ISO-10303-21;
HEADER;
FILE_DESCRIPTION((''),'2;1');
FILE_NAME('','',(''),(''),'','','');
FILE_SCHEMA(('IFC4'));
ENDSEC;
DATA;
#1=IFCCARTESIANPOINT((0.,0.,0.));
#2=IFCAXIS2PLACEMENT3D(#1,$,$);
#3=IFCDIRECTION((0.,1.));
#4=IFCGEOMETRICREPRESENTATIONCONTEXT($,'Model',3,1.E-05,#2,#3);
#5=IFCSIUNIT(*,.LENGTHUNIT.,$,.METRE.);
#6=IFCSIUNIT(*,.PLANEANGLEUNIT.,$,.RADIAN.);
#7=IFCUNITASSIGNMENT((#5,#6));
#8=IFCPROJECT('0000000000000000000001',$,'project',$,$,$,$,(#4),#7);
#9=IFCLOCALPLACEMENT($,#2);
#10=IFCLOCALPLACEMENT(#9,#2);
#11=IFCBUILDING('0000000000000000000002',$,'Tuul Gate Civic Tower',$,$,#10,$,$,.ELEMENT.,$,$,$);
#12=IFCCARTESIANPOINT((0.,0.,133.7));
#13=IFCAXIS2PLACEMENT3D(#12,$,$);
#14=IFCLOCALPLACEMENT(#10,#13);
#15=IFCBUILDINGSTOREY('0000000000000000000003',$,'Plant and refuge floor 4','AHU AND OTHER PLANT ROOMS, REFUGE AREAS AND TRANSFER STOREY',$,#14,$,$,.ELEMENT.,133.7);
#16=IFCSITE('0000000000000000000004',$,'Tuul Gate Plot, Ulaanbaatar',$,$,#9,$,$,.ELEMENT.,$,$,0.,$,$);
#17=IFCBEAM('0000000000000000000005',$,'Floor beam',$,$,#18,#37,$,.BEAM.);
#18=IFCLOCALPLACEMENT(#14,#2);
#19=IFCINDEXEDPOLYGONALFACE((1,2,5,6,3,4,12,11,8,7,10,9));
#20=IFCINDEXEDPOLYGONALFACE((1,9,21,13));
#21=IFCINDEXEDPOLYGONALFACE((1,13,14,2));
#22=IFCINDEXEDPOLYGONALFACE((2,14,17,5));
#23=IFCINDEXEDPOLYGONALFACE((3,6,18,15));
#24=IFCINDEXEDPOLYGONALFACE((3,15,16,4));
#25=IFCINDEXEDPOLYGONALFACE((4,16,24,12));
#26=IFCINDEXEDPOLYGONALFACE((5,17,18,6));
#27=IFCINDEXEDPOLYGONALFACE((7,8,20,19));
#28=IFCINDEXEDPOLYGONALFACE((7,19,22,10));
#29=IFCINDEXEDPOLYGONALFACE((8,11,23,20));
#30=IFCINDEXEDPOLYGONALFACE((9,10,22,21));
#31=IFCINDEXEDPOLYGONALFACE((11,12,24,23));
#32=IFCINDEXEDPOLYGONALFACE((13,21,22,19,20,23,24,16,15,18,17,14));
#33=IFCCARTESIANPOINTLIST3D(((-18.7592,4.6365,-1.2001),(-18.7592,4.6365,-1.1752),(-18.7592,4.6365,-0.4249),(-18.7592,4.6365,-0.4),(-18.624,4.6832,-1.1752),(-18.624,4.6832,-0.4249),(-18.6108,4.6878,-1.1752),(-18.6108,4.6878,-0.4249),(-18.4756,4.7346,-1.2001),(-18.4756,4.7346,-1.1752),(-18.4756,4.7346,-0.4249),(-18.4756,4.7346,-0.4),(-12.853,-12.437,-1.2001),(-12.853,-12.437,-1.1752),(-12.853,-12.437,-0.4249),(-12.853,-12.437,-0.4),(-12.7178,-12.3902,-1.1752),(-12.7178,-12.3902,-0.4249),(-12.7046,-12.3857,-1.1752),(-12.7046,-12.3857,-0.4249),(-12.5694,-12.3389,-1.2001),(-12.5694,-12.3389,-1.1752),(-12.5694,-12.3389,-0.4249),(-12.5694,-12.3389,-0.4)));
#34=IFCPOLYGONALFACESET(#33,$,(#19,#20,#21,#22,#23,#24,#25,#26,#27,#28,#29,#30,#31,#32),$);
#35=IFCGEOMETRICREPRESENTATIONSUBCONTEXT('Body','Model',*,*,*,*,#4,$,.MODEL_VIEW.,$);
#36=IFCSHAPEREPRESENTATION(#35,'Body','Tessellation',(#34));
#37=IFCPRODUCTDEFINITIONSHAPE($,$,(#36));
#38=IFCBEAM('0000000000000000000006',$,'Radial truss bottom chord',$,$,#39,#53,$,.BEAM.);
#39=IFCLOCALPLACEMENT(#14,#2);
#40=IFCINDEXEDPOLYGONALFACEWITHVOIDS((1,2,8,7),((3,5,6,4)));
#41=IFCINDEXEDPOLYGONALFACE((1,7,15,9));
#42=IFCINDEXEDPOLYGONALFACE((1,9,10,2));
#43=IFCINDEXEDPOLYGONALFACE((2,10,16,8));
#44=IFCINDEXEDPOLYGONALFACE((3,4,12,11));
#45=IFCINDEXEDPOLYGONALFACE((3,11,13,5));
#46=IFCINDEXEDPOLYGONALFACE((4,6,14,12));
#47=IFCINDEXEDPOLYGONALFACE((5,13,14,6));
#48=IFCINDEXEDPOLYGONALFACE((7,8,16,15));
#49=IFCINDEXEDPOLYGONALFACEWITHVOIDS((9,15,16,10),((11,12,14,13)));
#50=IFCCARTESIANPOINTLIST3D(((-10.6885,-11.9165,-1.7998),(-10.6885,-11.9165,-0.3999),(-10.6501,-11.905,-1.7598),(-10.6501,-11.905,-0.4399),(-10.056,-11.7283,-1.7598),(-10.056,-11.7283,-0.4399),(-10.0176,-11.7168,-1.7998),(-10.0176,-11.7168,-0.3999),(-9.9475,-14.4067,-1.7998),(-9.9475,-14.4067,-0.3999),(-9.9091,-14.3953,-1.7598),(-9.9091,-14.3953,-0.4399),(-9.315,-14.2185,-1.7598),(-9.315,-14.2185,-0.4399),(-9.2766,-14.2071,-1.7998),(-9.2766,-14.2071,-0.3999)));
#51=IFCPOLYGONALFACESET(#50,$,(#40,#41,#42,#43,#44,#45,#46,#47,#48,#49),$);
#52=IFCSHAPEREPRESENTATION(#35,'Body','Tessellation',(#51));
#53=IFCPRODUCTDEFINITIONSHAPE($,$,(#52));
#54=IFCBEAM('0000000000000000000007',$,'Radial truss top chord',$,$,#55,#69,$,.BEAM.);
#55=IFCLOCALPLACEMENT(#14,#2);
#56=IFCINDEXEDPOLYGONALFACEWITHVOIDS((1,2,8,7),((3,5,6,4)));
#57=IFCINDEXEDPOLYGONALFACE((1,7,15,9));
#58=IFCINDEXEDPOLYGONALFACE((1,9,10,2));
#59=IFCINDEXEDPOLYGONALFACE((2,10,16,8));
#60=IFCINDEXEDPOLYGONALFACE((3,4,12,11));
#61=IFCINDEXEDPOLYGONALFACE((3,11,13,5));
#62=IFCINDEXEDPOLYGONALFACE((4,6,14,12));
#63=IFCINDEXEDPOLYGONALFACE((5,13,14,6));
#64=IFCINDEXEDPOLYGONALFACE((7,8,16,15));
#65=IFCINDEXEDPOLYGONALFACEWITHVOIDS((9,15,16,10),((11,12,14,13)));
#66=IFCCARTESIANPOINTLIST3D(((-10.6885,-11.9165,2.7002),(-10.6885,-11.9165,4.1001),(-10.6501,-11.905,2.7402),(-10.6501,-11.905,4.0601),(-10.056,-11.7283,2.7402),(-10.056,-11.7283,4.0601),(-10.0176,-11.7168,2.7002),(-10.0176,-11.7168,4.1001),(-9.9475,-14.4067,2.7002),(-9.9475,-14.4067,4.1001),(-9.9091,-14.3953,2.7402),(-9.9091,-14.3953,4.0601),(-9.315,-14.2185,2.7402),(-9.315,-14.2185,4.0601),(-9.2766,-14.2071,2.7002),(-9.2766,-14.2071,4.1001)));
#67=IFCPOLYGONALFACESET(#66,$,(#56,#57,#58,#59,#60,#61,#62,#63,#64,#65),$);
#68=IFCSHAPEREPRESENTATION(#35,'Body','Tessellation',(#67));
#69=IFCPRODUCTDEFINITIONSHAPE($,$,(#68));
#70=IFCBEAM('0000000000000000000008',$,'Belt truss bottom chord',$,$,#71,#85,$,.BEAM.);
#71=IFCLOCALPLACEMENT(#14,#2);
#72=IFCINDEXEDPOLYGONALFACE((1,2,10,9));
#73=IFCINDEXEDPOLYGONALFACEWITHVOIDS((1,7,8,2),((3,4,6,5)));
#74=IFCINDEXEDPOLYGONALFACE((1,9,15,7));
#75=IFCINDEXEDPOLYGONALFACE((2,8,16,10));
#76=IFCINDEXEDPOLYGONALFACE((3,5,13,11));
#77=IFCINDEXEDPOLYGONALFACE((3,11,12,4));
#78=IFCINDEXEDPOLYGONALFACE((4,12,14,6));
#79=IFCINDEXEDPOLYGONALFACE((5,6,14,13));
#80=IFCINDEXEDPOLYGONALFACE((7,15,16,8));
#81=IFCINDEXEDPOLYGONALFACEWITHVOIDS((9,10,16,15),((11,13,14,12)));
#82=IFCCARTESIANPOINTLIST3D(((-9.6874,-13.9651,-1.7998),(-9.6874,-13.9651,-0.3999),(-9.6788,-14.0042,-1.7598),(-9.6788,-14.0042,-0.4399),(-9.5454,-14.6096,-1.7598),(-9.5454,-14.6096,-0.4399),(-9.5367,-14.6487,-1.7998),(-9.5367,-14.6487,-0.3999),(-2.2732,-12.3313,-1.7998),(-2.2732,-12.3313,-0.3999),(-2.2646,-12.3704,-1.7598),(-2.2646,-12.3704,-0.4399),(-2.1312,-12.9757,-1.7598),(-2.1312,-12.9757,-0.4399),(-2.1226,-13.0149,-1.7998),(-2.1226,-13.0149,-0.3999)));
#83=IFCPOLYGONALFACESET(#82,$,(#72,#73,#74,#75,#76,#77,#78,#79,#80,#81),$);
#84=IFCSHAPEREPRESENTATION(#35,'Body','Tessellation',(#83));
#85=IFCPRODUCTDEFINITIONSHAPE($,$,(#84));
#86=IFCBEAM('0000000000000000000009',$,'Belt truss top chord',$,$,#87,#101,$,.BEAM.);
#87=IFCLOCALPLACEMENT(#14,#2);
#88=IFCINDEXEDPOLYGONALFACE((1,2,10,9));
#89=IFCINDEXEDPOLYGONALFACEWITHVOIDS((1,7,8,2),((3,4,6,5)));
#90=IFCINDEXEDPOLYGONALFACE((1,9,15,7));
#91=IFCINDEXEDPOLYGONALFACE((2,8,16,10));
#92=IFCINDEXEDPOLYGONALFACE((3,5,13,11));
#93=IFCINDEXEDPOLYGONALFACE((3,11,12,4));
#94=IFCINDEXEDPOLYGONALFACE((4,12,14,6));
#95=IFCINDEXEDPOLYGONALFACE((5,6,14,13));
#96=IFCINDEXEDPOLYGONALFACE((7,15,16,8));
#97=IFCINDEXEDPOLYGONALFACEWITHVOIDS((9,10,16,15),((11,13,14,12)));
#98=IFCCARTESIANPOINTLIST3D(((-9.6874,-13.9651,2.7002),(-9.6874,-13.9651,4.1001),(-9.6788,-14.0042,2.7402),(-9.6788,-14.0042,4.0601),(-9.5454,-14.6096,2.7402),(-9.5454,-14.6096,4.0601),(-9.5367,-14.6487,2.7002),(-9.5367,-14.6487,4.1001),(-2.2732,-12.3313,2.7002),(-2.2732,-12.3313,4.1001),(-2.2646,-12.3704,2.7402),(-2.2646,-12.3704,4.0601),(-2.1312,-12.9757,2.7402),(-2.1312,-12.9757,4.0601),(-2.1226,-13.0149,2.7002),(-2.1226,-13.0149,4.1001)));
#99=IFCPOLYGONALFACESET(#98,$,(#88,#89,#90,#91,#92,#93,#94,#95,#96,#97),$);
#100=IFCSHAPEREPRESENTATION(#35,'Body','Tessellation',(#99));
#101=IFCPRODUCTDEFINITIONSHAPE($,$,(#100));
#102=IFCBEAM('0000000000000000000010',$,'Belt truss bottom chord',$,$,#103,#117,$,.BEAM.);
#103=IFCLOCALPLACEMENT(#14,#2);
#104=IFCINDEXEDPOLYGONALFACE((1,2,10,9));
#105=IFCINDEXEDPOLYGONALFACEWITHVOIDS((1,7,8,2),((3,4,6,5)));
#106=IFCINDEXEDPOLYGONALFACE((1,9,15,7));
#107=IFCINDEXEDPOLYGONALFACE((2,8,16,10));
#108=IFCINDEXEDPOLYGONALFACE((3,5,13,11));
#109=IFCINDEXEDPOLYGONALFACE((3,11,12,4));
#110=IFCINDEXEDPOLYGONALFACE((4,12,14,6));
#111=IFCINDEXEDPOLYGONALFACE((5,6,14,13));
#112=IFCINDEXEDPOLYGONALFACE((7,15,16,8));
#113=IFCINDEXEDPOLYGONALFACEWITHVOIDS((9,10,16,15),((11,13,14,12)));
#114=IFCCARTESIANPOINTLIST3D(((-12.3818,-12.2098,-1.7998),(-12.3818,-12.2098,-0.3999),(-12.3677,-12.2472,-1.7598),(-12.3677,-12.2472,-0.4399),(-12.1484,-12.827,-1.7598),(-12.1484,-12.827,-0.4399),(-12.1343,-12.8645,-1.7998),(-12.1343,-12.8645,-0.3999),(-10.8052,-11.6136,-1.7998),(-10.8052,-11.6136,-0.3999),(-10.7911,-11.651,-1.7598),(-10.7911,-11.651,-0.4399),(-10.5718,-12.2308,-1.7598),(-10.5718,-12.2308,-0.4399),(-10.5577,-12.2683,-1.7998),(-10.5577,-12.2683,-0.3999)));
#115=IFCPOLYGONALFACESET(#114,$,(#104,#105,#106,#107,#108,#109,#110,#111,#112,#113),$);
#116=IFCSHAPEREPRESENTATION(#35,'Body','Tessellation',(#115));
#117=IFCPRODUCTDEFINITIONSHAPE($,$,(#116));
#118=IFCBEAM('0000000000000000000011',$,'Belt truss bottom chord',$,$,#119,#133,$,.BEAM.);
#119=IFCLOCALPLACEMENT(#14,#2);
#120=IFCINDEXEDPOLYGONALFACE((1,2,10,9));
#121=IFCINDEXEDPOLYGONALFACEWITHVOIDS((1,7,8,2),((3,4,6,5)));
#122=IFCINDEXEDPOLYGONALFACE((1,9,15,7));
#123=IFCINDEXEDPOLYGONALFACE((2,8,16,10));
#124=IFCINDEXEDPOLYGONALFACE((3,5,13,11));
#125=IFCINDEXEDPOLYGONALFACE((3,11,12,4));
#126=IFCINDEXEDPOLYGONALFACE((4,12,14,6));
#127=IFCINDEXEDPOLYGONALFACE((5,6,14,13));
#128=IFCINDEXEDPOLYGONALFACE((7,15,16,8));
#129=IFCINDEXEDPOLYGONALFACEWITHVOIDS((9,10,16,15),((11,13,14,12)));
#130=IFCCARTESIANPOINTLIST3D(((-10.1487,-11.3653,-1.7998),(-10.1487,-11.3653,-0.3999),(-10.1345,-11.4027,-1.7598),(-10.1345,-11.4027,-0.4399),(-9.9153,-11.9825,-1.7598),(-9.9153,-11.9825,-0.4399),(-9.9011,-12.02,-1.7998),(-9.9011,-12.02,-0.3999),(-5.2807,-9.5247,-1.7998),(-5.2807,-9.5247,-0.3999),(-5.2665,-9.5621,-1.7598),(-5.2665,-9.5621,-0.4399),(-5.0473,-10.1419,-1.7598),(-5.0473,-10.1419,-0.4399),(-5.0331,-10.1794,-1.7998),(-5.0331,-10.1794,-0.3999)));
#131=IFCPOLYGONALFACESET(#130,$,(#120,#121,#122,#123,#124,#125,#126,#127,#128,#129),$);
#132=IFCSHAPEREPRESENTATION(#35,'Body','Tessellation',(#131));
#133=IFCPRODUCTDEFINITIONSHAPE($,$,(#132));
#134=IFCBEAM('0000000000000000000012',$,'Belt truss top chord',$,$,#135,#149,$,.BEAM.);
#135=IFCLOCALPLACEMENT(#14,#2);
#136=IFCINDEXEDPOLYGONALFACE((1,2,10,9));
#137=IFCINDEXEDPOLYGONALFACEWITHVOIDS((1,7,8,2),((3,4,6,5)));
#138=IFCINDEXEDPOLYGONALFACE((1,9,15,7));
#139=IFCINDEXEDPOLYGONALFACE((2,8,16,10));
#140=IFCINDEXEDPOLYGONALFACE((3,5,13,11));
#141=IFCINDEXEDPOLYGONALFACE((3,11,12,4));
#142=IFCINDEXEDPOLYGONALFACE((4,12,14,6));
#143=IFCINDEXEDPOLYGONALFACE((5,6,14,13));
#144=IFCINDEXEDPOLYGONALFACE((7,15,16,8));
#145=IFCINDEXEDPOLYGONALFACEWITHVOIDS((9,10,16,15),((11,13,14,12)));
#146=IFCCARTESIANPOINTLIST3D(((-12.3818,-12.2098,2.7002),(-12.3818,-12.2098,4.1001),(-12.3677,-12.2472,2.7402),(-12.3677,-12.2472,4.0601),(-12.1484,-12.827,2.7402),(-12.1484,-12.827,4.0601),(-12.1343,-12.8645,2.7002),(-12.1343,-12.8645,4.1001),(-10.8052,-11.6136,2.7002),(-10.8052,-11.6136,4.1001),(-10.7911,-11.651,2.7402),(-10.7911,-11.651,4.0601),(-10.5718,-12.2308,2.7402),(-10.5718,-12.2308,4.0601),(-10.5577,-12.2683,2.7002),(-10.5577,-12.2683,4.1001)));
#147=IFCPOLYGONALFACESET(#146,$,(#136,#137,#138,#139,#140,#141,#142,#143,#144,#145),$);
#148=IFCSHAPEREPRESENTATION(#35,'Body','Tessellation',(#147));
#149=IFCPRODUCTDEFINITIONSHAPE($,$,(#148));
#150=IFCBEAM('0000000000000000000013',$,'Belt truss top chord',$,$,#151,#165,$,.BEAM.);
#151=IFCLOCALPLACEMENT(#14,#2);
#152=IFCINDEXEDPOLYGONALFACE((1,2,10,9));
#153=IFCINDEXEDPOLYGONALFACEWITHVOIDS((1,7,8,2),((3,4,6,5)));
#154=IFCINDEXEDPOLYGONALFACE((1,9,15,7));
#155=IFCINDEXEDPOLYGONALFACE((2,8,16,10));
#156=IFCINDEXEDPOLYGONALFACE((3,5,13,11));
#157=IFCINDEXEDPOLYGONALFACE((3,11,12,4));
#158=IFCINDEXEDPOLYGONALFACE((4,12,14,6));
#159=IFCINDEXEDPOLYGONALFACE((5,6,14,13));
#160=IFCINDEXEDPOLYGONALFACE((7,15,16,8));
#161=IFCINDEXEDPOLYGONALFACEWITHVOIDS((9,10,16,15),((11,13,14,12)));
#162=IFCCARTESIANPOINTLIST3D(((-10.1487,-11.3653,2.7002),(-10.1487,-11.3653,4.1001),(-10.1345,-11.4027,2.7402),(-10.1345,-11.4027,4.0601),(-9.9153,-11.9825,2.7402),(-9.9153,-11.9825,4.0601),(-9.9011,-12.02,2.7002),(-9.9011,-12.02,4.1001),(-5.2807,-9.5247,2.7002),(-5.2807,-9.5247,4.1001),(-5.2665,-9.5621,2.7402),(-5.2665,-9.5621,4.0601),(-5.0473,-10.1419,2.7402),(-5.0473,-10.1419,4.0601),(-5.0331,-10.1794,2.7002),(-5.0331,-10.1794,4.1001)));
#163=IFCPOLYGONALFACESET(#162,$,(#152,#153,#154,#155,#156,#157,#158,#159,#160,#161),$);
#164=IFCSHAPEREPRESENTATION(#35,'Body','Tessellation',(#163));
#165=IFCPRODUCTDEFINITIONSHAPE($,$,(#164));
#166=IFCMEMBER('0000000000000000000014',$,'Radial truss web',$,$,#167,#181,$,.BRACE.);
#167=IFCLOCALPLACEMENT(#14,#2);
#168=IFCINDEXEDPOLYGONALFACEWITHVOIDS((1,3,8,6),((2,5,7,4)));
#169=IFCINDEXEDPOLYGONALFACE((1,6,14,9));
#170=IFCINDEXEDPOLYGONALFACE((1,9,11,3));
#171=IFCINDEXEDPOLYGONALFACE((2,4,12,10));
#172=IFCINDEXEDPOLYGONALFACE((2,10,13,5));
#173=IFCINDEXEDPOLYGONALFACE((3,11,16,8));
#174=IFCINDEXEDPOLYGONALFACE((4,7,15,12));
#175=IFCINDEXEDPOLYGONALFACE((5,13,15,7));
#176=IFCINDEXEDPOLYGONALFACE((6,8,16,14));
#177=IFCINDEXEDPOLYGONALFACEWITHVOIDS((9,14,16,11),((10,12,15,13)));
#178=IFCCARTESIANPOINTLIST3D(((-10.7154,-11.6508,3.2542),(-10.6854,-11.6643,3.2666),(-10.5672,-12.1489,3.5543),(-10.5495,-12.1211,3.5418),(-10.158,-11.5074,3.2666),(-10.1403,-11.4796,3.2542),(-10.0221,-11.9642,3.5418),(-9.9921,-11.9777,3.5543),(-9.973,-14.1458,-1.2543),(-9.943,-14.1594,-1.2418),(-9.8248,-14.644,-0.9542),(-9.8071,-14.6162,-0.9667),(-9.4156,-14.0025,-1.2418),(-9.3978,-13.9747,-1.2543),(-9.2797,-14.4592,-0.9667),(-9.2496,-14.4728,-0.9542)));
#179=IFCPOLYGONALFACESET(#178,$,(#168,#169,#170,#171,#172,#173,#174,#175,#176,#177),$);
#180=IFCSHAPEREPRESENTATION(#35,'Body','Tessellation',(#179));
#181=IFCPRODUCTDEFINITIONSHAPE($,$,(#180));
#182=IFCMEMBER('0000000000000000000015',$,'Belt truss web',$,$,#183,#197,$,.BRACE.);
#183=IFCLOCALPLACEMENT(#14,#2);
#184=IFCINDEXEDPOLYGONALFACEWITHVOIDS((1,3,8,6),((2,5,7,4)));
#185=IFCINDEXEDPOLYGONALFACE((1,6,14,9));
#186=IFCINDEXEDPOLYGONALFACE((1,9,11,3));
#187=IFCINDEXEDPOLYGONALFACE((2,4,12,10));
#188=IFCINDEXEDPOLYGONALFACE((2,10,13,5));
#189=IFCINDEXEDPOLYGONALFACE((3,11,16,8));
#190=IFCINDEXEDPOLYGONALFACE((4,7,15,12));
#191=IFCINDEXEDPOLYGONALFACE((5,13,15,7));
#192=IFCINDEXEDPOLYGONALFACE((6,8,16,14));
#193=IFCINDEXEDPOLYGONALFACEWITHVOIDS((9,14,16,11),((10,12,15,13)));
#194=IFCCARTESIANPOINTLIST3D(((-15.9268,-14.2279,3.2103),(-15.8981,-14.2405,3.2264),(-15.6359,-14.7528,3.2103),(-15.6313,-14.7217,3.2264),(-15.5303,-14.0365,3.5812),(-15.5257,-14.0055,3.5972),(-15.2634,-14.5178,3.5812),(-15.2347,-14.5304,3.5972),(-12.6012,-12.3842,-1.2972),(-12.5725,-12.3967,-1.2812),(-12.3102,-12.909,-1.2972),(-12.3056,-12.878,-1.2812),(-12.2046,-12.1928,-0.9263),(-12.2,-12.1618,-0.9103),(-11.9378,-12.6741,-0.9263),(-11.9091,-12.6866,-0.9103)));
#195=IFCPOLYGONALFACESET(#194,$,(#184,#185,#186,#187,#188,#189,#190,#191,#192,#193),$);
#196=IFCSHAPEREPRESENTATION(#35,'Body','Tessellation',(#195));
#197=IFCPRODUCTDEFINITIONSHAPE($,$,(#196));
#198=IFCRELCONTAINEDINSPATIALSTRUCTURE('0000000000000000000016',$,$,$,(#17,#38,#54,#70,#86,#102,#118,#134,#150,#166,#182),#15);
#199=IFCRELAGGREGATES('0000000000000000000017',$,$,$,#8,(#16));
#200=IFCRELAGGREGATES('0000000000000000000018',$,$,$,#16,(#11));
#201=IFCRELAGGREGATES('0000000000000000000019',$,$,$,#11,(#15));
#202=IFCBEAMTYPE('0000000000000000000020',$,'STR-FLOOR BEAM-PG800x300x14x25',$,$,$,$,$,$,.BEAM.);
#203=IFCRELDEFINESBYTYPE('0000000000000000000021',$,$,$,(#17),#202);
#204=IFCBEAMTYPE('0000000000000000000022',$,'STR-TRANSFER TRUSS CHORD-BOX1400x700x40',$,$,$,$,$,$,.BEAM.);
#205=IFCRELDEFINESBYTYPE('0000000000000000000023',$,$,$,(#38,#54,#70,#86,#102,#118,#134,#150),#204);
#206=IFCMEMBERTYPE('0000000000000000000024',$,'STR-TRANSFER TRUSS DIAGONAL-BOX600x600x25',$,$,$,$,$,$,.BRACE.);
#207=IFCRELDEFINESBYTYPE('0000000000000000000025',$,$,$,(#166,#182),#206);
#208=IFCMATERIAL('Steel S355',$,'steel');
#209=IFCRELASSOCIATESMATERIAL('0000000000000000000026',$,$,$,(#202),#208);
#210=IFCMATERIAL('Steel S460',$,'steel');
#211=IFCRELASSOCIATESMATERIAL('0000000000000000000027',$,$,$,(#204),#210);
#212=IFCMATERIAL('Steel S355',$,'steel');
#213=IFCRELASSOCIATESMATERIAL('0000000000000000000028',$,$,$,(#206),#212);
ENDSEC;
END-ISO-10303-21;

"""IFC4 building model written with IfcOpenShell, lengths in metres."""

from ifc_helpers import new_model, si_unit, direction, frame, origin, origin_2d, place, context, subcontext, project, spatial, hollow_rectangle, i_section, extrude, material, material_profile, profile_set, type_object, element, save


model = new_model("IFC4")

# Units and contexts
model_context = context("Model", 3, precision=1e-05, world=origin(), true_north=direction((0.0, 1.0)))
body_context = subcontext(model_context, "Body", "Model", "MODEL_VIEW")
ifc_project = project(units=[si_unit("LENGTHUNIT", "METRE"), si_unit("PLANEANGLEUNIT", "RADIAN")], contexts=[model_context])

# Site, building, storey
site_placement = place(None, origin())
site = spatial("IfcSite", under=ifc_project, at=site_placement, Name="Tuul Gate Plot, Ulaanbaatar", CompositionType="ELEMENT", RefElevation=0.0)
building_placement = place(site_placement, origin())
building = spatial("IfcBuilding", under=site, at=building_placement, Name="Tuul Gate Civic Tower", CompositionType="ELEMENT")
storey_placement = place(building_placement, frame((0.0, 0.0, 133.7)))
storey = spatial("IfcBuildingStorey", under=building, at=storey_placement, Name="Plant and refuge floor 4", Description="AHU AND OTHER PLANT ROOMS, REFUGE AREAS AND TRANSFER STOREY", CompositionType="ELEMENT", Elevation=133.7)

# Beams
ifc_material_1 = material(Name="Steel S355", Category="steel")
ifc_material_profile_1 = material_profile(ifc_material_1, i_section(OverallWidth=0.3, OverallDepth=0.8, WebThickness=0.0139, FlangeThickness=0.0249, at=origin_2d()), Name="PG800x300x14x25")
ifc_profile_set_1 = profile_set([ifc_material_profile_1], Name="Steel S355")
beam_type_1 = type_object("IfcBeamType", Name="STR-FLOOR BEAM-PG800x300x14x25", PredefinedType="BEAM", material=ifc_profile_set_1)
beam_1_placement = place(storey_placement, frame((-12.7112, -12.3879, -0.8), z_axis=(-0.326923, 0.945051, 0.0), x_axis=(-0.945051, -0.326923, 0.0)))
element("IfcBeam", 1, at=beam_1_placement, inside=storey, type_object=beam_type_1, Name="Floor beam", PredefinedType="BEAM", context=body_context, shape_type="SweptSolid", body=[
    extrude(i_section(OverallWidth=0.3, OverallDepth=0.8, WebThickness=0.0139, FlangeThickness=0.0249, at=origin_2d()), origin(), (0.0, 0.0, 1.0), 18.0662),
])
ifc_material_2 = material(Name="Steel S460", Category="steel")
ifc_material_profile_2 = material_profile(ifc_material_2, hollow_rectangle(XDim=0.7, YDim=1.3999, WallThickness=0.04, at=origin_2d()), Name="BOX1400x700x40")
ifc_profile_set_2 = profile_set([ifc_material_profile_2], Name="Steel S460")
beam_type_2 = type_object("IfcBeamType", Name="STR-TRANSFER TRUSS CHORD-BOX1400x700x40", PredefinedType="BEAM", material=ifc_profile_set_2)
for number, where, z_axis, x_axis, name in (
    (2, (-10.353, -11.8167, -1.0999), (0.285192, -0.95847, 0.0), (0.95847, 0.285192, 0.0), "Radial truss bottom chord"),
    (3, (-10.353, -11.8167, 3.4001), (0.285192, -0.95847, 0.0), (0.95847, 0.285192, 0.0), "Radial truss top chord"),
):
    element("IfcBeam", number, at=place(storey_placement, frame(where, z_axis=z_axis, x_axis=x_axis)), inside=storey, type_object=beam_type_2, Name=name, PredefinedType="BEAM", context=body_context, shape_type="SweptSolid", body=[
        extrude(hollow_rectangle(XDim=0.7, YDim=1.3999, WallThickness=0.04, at=origin_2d()), origin(), (0.0, 0.0, 1.0), 2.5981),
    ])
for number, where, z_axis, x_axis, name in (
    (4, (-9.6121, -14.3069, -1.0999), (0.97657, 0.2152, 0.0), (-0.2152, 0.97657, 0.0), "Belt truss bottom chord"),
    (5, (-9.6121, -14.3069, 3.4001), (0.97657, 0.2152, 0.0), (-0.2152, 0.97657, 0.0), "Belt truss top chord"),
):
    element("IfcBeam", number, at=place(storey_placement, frame(where, z_axis=z_axis, x_axis=x_axis)), inside=storey, type_object=beam_type_2, Name=name, PredefinedType="BEAM", context=body_context, shape_type="SweptSolid", body=[
        extrude(hollow_rectangle(XDim=0.7, YDim=1.3999, WallThickness=0.04, at=origin_2d()), origin(), (0.0, 0.0, 1.0), 7.592),
    ])
beam_2_placement = place(storey_placement, frame((-12.2581, -12.5371, -1.0999), z_axis=(0.935361, 0.353693, 0.0), x_axis=(-0.353693, 0.935361, 0.0)))
element("IfcBeam", 6, at=beam_2_placement, inside=storey, type_object=beam_type_2, Name="Belt truss bottom chord", PredefinedType="BEAM", context=body_context, shape_type="SweptSolid", body=[
    extrude(hollow_rectangle(XDim=0.7, YDim=1.3999, WallThickness=0.04, at=origin_2d()), origin(), (0.0, 0.0, 1.0), 1.6855),
])
beam_3_placement = place(storey_placement, frame((-10.0249, -11.6926, -1.0999), z_axis=(0.935371, 0.353667, 0.0), x_axis=(-0.353667, 0.935371, 0.0)))
element("IfcBeam", 7, at=beam_3_placement, inside=storey, type_object=beam_type_2, Name="Belt truss bottom chord", PredefinedType="BEAM", context=body_context, shape_type="SweptSolid", body=[
    extrude(hollow_rectangle(XDim=0.7, YDim=1.3999, WallThickness=0.04, at=origin_2d()), origin(), (0.0, 0.0, 1.0), 5.2043),
])
beam_4_placement = place(storey_placement, frame((-12.2581, -12.5371, 3.4001), z_axis=(0.935361, 0.353693, 0.0), x_axis=(-0.353693, 0.935361, 0.0)))
element("IfcBeam", 8, at=beam_4_placement, inside=storey, type_object=beam_type_2, Name="Belt truss top chord", PredefinedType="BEAM", context=body_context, shape_type="SweptSolid", body=[
    extrude(hollow_rectangle(XDim=0.7, YDim=1.3999, WallThickness=0.04, at=origin_2d()), origin(), (0.0, 0.0, 1.0), 1.6855),
])
beam_5_placement = place(storey_placement, frame((-10.0249, -11.6926, 3.4001), z_axis=(0.935371, 0.353667, 0.0), x_axis=(-0.353667, 0.935371, 0.0)))
element("IfcBeam", 9, at=beam_5_placement, inside=storey, type_object=beam_type_2, Name="Belt truss top chord", PredefinedType="BEAM", context=body_context, shape_type="SweptSolid", body=[
    extrude(hollow_rectangle(XDim=0.7, YDim=1.3999, WallThickness=0.04, at=origin_2d()), origin(), (0.0, 0.0, 1.0), 5.2043),
])

# Members
ifc_material_3 = material(Name="Steel S355", Category="steel")
ifc_material_profile_3 = material_profile(ifc_material_3, hollow_rectangle(XDim=0.6001, YDim=0.6001, WallThickness=0.0249, at=origin_2d()), Name="BOX600x600x25")
ifc_profile_set_3 = profile_set([ifc_material_profile_3], Name="Steel S355")
member_type_1 = type_object("IfcMemberType", Name="STR-TRANSFER TRUSS DIAGONAL-BOX600x600x25", PredefinedType="BRACE", material=ifc_profile_set_3)
member_1_placement = place(storey_placement, frame((-9.6113, -14.3093, -1.1042), z_axis=(-0.142607, 0.479265, 0.866007), x_axis=(-0.958469, -0.285196, 0.0)))
element("IfcMember", 10, at=member_1_placement, inside=storey, type_object=member_type_1, Name="Radial truss web", PredefinedType="BRACE", context=body_context, shape_type="SweptSolid", body=[
    extrude(hollow_rectangle(XDim=0.6001, YDim=0.6001, WallThickness=0.0249, at=origin_2d()), origin(), (0.0, 0.0, 1.0), 5.2061),
])
member_2_placement = place(storey_placement, frame((-12.2551, -12.5354, -1.1038), z_axis=(-0.563936, -0.312645, 0.764349), x_axis=(0.484869, -0.874587, 0.0)))
element("IfcMember", 11, at=member_2_placement, inside=storey, type_object=member_type_1, Name="Belt truss web", PredefinedType="BRACE", context=body_context, shape_type="SweptSolid", body=[
    extrude(hollow_rectangle(XDim=0.6001, YDim=0.6001, WallThickness=0.0249, at=origin_2d()), origin(), (0.0, 0.0, 1.0), 5.8972),
])

save(model, "model.ifc")
